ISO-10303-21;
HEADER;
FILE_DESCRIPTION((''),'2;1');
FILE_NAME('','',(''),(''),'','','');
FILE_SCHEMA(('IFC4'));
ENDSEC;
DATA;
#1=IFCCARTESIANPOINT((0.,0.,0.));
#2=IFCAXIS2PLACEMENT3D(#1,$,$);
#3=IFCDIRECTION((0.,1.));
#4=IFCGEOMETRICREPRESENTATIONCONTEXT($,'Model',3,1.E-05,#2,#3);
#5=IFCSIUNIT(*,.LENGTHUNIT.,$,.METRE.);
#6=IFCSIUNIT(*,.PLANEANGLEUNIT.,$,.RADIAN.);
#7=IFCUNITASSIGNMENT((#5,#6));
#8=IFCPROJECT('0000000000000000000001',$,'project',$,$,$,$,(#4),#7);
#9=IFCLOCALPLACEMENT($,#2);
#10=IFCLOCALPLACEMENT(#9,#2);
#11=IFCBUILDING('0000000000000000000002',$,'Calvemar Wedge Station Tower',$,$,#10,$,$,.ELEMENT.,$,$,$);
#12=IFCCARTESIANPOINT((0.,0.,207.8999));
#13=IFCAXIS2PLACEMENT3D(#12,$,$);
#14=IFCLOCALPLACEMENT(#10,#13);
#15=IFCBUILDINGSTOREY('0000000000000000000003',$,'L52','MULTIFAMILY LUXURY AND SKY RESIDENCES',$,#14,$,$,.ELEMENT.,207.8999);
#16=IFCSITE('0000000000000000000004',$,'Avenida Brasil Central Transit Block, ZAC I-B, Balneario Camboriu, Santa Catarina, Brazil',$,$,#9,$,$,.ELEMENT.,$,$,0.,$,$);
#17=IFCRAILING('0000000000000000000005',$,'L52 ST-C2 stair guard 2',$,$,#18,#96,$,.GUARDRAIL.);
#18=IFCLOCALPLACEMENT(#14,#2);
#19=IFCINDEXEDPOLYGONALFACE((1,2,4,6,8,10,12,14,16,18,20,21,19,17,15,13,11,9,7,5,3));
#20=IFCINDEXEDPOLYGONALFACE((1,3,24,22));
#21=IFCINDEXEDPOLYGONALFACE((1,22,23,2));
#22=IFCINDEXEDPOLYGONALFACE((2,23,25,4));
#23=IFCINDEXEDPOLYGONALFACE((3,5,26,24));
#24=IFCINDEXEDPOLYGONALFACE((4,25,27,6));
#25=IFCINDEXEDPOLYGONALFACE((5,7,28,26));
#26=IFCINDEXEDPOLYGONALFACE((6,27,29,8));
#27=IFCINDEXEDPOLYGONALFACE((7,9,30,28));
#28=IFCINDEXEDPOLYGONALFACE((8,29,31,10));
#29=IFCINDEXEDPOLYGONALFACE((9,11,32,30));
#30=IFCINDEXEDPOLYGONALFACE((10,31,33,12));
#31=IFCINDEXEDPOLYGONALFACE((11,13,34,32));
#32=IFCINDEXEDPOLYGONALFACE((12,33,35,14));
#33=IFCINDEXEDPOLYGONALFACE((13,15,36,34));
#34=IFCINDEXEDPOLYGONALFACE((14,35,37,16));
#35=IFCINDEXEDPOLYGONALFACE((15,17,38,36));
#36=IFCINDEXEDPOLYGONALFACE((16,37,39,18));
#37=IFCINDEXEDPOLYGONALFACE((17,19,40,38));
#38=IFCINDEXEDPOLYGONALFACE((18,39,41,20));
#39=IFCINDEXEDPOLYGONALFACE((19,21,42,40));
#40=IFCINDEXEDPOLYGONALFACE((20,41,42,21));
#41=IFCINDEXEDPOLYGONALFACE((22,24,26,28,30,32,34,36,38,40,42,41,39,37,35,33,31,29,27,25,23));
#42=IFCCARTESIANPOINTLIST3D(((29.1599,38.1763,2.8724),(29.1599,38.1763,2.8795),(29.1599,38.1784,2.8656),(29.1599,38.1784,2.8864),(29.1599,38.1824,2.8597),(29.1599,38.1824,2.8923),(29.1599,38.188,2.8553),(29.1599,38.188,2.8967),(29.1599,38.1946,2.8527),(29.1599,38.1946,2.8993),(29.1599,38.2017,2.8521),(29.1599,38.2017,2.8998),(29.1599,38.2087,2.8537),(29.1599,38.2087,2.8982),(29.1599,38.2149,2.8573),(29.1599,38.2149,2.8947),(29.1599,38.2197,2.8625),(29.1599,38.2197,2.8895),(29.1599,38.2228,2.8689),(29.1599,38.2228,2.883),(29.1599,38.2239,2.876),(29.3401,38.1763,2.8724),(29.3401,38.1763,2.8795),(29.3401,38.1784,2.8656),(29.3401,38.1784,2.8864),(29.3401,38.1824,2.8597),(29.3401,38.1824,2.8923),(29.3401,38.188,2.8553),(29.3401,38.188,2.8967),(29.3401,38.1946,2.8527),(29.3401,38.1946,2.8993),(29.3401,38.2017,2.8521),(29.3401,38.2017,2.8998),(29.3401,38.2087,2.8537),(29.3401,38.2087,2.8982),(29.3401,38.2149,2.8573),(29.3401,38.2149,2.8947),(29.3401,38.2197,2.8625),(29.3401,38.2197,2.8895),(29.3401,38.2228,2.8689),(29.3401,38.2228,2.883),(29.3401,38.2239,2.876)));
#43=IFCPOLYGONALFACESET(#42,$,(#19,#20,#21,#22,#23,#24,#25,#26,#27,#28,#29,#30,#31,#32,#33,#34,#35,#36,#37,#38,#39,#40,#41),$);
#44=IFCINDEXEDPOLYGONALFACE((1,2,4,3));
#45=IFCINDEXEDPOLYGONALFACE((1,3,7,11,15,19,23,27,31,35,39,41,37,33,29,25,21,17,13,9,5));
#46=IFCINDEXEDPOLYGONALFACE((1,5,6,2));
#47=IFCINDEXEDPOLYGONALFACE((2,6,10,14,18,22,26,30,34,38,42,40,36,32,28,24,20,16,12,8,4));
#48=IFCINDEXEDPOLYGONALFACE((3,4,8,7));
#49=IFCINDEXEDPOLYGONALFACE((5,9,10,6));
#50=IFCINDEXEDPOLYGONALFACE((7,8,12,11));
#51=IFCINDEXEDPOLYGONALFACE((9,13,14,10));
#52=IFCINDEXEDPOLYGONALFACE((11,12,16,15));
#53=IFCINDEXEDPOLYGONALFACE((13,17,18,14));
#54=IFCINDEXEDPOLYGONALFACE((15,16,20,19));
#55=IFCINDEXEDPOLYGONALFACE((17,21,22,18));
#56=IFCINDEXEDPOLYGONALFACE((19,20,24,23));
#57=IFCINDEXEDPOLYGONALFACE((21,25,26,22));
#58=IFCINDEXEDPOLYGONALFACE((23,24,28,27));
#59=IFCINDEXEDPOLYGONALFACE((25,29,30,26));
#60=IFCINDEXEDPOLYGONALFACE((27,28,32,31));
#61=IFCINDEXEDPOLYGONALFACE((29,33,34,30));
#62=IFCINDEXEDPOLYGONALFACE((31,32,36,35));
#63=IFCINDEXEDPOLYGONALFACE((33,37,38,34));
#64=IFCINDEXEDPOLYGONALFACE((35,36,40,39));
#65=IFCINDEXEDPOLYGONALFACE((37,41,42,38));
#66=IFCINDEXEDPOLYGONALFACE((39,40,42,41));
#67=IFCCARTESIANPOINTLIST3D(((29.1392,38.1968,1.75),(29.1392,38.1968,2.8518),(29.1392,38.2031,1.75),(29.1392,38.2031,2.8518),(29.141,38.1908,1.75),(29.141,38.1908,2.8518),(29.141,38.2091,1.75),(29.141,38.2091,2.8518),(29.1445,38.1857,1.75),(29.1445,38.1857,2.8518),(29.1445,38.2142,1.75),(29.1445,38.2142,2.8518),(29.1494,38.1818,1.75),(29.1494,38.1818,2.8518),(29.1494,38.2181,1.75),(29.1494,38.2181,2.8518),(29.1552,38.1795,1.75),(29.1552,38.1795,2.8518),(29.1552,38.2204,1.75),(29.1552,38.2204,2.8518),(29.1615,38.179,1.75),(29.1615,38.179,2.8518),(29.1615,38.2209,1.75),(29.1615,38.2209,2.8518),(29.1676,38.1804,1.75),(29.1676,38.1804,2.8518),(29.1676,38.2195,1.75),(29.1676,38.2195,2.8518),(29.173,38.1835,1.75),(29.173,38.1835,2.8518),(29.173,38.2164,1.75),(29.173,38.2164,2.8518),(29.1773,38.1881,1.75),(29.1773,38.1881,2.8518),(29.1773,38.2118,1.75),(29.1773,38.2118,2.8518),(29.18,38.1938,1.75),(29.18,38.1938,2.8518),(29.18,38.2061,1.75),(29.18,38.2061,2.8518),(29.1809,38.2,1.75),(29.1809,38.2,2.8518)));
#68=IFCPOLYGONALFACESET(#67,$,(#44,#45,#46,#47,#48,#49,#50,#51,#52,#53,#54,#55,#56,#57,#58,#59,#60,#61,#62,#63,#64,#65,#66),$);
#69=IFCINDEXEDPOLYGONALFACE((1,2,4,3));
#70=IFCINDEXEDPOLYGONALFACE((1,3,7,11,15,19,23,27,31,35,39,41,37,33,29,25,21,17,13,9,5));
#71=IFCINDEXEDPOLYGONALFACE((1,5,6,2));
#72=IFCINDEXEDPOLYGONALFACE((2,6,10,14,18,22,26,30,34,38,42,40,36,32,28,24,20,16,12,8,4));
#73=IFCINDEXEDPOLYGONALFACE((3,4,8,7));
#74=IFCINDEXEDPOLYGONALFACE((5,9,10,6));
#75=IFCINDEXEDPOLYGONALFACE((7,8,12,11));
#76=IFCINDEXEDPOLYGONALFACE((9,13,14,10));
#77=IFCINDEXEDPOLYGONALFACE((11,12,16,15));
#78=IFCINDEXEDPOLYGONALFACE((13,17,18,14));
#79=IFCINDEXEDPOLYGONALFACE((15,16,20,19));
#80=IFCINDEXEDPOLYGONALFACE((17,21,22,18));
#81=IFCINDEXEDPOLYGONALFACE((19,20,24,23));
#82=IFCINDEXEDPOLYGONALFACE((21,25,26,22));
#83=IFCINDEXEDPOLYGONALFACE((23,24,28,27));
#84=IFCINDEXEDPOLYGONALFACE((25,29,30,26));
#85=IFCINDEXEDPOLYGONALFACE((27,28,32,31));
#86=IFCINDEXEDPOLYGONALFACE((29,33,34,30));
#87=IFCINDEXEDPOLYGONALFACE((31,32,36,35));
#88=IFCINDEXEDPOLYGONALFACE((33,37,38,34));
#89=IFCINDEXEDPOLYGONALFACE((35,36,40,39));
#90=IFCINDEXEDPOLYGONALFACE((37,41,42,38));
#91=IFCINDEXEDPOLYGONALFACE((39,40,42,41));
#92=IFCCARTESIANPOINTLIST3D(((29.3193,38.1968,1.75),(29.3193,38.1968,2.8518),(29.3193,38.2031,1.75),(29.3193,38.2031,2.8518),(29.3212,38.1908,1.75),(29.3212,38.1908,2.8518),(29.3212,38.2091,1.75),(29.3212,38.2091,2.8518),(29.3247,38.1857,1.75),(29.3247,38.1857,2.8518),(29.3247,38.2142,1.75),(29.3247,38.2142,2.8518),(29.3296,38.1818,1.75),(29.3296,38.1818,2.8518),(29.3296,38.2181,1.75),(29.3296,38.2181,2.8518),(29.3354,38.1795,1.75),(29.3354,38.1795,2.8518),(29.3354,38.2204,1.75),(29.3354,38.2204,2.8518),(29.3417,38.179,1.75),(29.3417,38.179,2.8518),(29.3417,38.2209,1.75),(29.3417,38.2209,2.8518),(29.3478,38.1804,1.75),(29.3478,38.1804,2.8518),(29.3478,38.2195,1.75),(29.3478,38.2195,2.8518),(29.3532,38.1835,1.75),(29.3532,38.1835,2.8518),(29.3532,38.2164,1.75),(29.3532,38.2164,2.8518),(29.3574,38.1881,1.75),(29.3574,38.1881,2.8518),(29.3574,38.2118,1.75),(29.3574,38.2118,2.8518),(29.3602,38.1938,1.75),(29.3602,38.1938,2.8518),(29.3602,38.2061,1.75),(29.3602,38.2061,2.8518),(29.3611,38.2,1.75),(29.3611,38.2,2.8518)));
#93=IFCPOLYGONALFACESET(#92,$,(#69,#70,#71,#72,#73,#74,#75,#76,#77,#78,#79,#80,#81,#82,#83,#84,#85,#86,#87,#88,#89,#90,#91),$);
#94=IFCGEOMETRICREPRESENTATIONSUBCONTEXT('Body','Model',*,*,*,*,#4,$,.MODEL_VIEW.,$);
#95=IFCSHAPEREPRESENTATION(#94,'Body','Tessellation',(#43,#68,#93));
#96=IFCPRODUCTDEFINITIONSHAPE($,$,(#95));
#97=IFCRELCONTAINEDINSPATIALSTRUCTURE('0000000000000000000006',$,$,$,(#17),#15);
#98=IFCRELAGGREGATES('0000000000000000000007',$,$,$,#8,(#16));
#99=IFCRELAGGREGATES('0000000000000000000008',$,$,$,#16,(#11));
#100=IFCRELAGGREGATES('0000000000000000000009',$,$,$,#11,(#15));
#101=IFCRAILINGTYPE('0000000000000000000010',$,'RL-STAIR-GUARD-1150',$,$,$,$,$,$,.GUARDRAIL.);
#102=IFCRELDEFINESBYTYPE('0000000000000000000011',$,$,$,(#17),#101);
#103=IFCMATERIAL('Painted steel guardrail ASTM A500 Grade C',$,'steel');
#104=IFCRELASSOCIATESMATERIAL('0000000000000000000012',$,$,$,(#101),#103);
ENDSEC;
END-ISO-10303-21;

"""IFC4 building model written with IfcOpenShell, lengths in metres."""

from ifc_helpers import new_model, si_unit, direction, frame, origin, origin_2d, place, context, subcontext, project, spatial, circle, extrude, material, type_object, element, save


model = new_model("IFC4")

# Units and contexts
model_context = context("Model", 3, precision=1e-05, world=origin(), true_north=direction((0.0, 1.0)))
body_context = subcontext(model_context, "Body", "Model", "MODEL_VIEW")
ifc_project = project(units=[si_unit("LENGTHUNIT", "METRE"), si_unit("PLANEANGLEUNIT", "RADIAN")], contexts=[model_context])

# Site, building, storey
site_placement = place(None, origin())
site = spatial("IfcSite", under=ifc_project, at=site_placement, Name="Avenida Brasil Central Transit Block, ZAC I-B, Balneario Camboriu, Santa Catarina, Brazil", CompositionType="ELEMENT", RefElevation=0.0)
building_placement = place(site_placement, origin())
building = spatial("IfcBuilding", under=site, at=building_placement, Name="Calvemar Wedge Station Tower", CompositionType="ELEMENT")
storey_placement = place(building_placement, frame((0.0, 0.0, 207.8999)))
storey = spatial("IfcBuildingStorey", under=building, at=storey_placement, Name="L52", Description="MULTIFAMILY LUXURY AND SKY RESIDENCES", CompositionType="ELEMENT", Elevation=207.8999)

# Railing
ifc_material_1 = material(Name="Painted steel guardrail ASTM A500 Grade C", Category="steel")
railing_type_1 = type_object("IfcRailingType", Name="RL-STAIR-GUARD-1150", PredefinedType="GUARDRAIL", material=ifc_material_1)
railing_1_placement = place(storey_placement, frame((29.1599, 38.2, 1.75)))
element("IfcRailing", 1, at=railing_1_placement, inside=storey, type_object=railing_type_1, Name="L52 ST-C2 stair guard 2", PredefinedType="GUARDRAIL", context=body_context, shape_type="SweptSolid", body=[
    extrude(circle(Radius=0.0239, at=origin_2d()), frame((0.0, 0.0, 1.126), z_axis=(1.0, 0.0, 0.0), x_axis=(0.0, 1.0, 0.0)), (0.0, 0.0, 1.0), 0.1802),
    extrude(circle(Radius=0.021, at=origin_2d()), origin(), (0.0, 0.0, 1.0), 1.1018),
    extrude(circle(Radius=0.021, at=origin_2d()), frame((0.1802, 0.0, 0.0)), (0.0, 0.0, 1.0), 1.1018),
])

save(model, "model.ifc")
